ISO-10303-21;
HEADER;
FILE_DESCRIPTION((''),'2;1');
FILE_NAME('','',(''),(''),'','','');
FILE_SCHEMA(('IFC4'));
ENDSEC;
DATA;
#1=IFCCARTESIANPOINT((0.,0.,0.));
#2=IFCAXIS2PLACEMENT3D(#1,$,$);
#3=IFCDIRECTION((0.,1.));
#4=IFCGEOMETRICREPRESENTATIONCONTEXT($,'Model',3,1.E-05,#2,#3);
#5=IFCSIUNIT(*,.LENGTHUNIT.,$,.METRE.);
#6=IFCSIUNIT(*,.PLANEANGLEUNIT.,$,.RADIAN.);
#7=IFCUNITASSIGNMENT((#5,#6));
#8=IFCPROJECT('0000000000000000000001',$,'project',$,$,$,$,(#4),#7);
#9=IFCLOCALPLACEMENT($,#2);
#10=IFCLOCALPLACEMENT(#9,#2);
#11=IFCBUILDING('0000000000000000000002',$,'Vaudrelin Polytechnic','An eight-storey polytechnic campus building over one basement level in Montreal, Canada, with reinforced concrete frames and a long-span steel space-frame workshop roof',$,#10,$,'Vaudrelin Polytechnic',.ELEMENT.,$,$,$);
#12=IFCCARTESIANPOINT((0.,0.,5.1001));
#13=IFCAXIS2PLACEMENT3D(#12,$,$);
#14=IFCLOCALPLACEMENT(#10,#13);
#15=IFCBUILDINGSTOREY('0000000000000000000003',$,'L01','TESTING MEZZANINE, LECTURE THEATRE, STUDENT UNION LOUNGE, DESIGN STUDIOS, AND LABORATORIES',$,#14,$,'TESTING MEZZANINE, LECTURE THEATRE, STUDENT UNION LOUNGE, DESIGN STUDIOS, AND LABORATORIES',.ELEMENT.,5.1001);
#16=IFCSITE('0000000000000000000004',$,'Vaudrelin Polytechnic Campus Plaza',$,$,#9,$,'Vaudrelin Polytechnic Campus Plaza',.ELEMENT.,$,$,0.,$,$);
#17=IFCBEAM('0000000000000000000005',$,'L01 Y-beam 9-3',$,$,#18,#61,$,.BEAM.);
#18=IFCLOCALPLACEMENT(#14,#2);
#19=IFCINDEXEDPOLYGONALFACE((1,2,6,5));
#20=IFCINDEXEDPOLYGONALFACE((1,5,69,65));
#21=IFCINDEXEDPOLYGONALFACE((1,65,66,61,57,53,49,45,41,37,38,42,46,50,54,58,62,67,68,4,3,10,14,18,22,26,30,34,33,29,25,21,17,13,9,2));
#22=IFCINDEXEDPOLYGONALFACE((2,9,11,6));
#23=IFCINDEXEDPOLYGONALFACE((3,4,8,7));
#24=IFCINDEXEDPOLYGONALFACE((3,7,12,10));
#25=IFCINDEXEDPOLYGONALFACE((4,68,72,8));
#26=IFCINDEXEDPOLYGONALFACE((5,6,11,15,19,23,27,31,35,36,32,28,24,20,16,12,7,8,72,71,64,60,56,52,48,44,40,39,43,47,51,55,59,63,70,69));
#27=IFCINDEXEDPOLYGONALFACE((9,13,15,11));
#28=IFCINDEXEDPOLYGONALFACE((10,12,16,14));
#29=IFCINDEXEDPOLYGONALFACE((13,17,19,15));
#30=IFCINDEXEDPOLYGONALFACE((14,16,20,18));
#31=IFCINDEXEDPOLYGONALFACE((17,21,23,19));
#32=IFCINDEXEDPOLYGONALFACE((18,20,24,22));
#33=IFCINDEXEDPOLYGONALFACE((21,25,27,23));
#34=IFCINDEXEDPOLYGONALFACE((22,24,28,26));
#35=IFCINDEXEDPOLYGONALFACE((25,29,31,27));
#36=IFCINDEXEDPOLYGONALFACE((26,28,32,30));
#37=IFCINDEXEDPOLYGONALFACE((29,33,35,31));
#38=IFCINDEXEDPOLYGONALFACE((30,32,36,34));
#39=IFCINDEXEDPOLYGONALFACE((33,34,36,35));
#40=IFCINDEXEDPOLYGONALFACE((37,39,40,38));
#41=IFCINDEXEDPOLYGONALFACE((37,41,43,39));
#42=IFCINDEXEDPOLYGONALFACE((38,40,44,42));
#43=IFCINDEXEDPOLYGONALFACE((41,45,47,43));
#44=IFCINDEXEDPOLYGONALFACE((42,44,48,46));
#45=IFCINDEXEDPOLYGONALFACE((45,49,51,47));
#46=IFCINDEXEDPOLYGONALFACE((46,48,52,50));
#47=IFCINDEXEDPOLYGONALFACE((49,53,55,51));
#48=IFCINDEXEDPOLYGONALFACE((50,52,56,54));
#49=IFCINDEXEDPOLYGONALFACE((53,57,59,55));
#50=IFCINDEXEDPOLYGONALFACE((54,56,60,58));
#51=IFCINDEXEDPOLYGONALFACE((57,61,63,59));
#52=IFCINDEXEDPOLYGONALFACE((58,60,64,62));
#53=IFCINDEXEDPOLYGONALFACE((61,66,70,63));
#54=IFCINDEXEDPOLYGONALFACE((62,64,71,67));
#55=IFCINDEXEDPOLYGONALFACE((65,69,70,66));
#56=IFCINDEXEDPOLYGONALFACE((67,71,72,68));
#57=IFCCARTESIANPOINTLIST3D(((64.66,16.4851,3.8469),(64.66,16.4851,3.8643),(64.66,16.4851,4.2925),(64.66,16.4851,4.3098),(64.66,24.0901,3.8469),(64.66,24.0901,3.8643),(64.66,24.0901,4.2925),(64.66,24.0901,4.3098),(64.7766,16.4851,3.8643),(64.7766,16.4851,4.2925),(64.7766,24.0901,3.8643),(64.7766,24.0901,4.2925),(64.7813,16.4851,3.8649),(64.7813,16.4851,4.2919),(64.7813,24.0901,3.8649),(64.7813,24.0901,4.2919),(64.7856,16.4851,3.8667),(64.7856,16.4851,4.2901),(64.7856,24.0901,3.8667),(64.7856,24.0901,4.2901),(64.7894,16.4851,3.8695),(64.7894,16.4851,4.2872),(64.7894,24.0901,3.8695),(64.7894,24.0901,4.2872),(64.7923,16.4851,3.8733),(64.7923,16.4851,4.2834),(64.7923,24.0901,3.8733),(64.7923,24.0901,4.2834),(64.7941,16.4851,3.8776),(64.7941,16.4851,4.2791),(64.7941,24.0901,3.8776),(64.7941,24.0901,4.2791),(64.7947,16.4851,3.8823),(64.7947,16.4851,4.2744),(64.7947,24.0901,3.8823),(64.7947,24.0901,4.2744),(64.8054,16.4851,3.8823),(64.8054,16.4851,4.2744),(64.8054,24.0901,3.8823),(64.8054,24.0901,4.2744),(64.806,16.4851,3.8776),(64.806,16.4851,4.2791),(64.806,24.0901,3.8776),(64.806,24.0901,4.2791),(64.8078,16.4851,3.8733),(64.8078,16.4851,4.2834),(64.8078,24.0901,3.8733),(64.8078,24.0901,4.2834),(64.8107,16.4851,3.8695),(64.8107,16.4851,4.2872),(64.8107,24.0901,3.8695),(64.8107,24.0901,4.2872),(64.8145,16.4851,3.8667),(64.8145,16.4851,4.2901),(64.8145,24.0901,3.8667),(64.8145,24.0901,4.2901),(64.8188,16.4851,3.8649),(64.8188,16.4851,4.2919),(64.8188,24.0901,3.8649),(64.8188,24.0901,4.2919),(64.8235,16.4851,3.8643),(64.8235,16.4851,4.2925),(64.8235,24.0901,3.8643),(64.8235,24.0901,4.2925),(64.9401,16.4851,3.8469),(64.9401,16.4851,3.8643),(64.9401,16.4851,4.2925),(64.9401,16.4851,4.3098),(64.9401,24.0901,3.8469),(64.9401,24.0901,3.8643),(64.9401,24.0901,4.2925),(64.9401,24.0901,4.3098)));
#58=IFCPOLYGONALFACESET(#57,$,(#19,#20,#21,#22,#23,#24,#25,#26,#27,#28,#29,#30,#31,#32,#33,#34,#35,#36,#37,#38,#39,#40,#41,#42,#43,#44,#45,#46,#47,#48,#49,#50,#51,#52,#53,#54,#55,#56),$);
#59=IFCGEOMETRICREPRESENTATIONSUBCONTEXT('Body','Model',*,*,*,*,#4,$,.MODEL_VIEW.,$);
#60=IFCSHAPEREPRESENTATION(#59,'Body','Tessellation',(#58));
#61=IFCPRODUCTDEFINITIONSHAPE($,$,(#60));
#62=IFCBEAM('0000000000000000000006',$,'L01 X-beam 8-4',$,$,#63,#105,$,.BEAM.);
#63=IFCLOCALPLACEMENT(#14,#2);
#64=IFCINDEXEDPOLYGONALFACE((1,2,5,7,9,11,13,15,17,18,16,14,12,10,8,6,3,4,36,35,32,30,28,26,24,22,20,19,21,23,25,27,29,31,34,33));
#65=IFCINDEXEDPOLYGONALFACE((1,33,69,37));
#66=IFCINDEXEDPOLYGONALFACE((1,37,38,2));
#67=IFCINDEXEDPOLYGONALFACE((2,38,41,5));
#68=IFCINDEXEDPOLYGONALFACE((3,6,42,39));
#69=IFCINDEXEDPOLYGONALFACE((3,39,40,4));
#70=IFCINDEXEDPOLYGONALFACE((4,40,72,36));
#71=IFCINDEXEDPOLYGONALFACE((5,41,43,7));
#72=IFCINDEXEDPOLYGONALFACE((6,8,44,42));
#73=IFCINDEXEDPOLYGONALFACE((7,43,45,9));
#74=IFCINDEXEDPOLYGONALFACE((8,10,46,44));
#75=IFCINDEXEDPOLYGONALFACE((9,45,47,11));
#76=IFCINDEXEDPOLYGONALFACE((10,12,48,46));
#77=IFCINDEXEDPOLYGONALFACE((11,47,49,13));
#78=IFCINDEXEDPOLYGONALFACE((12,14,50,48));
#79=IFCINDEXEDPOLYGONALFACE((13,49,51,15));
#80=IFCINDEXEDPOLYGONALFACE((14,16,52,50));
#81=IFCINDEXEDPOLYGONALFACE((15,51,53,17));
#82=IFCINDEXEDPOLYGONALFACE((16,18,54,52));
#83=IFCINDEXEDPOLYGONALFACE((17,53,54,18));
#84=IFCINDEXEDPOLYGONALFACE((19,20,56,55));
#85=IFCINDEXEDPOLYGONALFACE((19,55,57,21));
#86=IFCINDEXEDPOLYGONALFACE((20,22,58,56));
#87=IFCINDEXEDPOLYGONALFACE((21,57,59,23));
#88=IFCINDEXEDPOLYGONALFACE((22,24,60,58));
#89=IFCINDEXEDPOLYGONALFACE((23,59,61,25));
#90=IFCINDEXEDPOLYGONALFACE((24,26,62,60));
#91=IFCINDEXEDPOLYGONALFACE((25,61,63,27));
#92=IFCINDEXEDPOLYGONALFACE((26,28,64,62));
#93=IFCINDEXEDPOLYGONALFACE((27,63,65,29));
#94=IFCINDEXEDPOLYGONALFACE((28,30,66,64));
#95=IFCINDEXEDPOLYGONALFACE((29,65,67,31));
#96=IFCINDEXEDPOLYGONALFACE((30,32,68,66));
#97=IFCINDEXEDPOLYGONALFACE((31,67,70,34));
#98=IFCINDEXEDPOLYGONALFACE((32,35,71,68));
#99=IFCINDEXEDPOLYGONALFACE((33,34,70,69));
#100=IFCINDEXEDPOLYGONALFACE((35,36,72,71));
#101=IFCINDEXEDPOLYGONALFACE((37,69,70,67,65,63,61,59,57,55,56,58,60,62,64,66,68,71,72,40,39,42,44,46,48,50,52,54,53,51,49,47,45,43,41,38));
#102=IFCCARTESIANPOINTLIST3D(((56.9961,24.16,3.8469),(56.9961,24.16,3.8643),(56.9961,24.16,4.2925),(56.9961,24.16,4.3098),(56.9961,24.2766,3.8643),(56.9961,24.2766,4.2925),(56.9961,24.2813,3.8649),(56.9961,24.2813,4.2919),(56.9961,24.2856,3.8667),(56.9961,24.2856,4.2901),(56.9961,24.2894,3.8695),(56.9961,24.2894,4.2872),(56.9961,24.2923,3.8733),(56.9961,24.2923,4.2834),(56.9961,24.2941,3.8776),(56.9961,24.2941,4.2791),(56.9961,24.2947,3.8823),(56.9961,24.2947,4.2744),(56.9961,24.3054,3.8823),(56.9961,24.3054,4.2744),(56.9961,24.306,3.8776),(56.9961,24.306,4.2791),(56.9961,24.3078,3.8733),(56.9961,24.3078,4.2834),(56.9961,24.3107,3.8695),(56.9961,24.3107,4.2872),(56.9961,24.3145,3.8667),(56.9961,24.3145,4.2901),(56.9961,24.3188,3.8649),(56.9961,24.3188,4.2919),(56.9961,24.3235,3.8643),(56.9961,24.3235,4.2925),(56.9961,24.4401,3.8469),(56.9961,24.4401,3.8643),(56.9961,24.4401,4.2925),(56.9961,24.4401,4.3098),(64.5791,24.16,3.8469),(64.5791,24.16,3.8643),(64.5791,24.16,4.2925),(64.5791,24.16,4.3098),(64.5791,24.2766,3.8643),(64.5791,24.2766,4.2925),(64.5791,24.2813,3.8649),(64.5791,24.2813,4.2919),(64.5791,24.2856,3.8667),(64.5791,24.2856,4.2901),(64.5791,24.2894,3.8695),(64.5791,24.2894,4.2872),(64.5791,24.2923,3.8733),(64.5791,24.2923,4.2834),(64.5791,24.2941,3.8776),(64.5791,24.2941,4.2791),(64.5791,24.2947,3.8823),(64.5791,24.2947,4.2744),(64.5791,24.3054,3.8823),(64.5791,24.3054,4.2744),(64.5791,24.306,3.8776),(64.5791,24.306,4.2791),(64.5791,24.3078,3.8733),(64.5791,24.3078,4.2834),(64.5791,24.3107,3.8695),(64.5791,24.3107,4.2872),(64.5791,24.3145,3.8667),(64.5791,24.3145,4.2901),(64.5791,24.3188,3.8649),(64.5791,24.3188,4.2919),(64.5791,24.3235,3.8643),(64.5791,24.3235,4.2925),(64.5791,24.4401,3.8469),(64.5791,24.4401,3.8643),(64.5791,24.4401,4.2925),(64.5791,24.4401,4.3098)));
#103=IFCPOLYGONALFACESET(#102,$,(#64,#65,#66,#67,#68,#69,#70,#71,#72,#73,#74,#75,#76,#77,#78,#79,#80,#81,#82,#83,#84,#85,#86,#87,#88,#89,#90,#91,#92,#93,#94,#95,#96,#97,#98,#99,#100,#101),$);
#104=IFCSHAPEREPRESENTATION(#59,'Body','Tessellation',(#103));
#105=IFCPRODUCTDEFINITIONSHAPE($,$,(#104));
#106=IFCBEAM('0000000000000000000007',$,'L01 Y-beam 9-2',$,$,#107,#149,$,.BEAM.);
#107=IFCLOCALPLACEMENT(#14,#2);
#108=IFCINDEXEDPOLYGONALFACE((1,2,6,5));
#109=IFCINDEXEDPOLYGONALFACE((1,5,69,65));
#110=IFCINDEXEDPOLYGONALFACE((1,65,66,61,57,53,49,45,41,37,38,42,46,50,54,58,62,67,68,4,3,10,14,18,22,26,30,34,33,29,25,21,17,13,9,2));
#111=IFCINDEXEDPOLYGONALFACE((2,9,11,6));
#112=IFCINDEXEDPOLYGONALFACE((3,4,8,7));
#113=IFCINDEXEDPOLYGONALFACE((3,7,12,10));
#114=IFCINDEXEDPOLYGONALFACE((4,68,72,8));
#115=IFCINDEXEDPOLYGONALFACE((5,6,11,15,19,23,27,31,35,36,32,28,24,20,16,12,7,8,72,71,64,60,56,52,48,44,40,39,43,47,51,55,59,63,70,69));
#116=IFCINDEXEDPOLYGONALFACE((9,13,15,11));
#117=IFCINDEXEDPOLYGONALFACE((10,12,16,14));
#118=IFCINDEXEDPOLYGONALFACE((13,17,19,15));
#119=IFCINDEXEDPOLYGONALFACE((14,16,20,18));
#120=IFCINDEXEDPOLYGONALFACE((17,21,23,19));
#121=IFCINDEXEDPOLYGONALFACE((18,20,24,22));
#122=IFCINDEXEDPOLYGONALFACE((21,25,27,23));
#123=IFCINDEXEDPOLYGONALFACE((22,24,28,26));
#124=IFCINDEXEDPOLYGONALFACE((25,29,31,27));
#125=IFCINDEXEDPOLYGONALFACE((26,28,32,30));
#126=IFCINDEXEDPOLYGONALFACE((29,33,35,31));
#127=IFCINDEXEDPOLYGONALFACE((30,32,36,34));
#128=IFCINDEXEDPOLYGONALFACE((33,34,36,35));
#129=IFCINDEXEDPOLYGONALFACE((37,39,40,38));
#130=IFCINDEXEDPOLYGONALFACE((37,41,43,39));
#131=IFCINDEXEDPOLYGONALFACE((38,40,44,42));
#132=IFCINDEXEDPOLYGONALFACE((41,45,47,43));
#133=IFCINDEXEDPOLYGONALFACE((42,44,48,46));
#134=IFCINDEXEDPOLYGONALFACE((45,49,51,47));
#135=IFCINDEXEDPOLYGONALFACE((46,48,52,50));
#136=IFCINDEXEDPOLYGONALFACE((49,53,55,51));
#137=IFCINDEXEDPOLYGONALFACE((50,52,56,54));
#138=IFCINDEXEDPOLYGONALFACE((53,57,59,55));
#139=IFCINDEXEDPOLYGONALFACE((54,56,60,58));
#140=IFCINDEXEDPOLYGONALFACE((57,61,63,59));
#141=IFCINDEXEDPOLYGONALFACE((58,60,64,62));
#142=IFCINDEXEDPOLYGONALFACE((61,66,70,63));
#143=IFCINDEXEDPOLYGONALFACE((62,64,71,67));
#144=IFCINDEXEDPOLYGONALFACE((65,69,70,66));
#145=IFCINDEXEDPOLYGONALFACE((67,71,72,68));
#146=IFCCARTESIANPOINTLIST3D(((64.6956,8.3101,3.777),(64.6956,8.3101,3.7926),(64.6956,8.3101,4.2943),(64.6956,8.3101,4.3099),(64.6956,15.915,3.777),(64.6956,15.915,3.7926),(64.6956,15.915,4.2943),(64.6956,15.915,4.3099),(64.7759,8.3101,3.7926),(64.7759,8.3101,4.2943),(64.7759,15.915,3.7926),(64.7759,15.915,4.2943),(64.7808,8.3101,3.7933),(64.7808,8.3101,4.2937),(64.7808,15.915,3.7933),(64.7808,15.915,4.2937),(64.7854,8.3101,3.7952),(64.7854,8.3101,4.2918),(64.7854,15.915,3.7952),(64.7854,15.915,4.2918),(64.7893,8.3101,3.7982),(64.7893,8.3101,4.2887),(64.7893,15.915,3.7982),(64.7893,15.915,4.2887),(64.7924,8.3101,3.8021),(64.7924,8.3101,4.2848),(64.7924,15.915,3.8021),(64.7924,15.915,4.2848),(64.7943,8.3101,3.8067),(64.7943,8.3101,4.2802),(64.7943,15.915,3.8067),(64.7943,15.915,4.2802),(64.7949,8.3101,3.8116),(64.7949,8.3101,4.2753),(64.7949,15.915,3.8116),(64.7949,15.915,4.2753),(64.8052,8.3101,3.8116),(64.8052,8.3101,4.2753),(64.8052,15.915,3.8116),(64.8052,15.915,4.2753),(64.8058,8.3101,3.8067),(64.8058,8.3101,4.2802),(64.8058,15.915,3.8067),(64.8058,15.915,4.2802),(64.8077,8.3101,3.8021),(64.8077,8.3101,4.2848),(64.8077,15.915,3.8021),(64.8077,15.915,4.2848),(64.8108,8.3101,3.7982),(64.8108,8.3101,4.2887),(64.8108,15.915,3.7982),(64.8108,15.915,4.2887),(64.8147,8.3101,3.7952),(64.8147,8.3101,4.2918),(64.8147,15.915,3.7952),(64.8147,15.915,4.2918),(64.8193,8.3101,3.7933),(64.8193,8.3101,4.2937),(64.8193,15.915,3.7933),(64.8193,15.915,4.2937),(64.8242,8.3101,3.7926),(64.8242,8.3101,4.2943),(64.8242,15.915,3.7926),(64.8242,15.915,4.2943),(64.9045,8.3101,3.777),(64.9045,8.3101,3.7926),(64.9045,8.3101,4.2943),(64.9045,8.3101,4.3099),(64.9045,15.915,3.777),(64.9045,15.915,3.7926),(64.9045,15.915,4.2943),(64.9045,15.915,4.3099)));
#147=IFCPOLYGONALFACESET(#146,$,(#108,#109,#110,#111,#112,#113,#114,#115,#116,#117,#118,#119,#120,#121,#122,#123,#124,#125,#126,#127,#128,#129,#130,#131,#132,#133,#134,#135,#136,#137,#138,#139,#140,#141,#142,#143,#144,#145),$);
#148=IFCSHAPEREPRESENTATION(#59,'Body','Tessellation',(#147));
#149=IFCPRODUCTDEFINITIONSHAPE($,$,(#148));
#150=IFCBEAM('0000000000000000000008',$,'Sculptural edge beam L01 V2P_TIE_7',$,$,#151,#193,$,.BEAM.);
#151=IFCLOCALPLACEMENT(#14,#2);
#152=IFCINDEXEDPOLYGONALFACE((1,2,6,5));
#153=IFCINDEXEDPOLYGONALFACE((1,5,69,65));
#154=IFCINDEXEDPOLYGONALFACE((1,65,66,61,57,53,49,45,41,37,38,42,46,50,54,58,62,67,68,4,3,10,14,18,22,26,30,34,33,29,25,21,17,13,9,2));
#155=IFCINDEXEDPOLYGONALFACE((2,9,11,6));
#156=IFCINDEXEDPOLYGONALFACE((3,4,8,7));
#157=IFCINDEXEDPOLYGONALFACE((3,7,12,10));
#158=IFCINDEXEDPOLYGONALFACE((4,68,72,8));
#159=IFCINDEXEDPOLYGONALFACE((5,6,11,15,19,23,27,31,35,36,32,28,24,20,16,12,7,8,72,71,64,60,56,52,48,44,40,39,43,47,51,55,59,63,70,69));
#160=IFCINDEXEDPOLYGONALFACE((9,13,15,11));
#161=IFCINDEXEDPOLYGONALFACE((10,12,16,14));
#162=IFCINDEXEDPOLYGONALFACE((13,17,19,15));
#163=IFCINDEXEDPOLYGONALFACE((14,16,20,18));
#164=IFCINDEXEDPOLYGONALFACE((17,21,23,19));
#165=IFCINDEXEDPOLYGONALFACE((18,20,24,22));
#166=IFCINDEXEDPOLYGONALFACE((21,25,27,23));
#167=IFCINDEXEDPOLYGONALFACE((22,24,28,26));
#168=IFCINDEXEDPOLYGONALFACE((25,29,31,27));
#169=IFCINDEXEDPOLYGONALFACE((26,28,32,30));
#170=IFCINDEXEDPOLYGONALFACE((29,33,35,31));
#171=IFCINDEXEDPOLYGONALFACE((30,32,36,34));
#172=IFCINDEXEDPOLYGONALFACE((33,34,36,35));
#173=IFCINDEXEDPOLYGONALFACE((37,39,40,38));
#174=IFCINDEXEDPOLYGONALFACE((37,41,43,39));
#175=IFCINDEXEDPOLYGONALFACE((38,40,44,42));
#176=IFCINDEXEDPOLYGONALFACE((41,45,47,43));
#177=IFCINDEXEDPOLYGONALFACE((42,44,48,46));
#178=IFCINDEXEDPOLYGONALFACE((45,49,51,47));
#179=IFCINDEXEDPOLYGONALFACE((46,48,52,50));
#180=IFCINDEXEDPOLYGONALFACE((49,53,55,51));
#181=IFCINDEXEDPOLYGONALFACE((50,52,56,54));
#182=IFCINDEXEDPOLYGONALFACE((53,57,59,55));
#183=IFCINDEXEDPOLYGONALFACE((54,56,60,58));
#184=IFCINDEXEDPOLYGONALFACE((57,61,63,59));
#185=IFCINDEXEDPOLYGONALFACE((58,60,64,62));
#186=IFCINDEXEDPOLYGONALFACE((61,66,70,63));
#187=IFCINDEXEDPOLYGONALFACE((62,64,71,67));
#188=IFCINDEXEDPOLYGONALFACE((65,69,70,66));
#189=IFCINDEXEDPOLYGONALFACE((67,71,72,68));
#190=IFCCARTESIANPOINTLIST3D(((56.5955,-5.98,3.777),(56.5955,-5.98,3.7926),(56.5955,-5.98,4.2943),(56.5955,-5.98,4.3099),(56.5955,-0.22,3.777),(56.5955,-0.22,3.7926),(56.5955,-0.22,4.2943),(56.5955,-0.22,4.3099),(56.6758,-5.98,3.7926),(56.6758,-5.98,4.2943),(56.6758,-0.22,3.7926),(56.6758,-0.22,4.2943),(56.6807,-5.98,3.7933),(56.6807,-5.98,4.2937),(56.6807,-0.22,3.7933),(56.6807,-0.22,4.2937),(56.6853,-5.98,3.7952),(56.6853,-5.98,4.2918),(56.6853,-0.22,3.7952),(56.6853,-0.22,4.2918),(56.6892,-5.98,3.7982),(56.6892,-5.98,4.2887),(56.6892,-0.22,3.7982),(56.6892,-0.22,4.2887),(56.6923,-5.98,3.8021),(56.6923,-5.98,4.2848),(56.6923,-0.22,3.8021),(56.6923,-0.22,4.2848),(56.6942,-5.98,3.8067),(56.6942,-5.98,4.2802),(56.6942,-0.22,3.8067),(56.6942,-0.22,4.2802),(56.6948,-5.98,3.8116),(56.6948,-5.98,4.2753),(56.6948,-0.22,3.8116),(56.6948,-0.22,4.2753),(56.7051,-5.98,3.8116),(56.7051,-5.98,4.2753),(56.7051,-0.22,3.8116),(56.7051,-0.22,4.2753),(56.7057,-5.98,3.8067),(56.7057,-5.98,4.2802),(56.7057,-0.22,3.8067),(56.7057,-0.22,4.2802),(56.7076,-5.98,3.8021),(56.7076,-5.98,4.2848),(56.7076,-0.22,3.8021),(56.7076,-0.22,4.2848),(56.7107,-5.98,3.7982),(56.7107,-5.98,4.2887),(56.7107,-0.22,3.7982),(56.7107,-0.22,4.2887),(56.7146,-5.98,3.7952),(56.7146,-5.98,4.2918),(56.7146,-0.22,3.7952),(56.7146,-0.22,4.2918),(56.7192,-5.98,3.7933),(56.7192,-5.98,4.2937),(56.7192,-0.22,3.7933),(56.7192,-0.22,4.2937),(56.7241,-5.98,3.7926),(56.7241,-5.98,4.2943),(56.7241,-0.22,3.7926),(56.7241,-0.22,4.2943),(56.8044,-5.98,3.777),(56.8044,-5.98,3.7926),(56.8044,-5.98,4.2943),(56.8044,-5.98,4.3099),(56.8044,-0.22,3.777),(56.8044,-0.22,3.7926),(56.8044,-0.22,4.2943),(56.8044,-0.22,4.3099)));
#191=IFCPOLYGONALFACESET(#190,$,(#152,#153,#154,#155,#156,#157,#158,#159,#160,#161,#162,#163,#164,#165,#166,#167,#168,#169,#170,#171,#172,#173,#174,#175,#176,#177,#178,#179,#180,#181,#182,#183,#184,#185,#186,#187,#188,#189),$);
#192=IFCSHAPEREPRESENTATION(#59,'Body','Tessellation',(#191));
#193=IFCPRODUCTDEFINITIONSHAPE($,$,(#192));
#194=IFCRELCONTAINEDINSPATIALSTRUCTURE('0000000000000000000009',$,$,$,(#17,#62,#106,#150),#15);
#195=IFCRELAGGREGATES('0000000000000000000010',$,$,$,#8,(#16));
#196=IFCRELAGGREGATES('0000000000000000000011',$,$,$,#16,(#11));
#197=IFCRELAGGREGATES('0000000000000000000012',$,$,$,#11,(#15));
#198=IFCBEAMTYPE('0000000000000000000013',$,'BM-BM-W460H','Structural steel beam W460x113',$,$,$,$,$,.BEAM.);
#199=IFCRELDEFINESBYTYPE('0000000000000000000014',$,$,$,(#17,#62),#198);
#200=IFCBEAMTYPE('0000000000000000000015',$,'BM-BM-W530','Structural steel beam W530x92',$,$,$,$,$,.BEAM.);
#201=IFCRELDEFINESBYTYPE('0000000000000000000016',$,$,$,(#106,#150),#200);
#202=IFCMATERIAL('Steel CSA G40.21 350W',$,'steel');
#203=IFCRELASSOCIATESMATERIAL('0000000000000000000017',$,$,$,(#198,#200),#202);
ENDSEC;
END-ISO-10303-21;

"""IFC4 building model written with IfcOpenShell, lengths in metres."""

from ifc_helpers import new_model, si_unit, direction, frame, origin, origin_2d, place, context, subcontext, project, spatial, i_section, extrude, material, material_profile, profile_set, type_object, element, save


model = new_model("IFC4")

# Units and contexts
model_context = context("Model", 3, precision=1e-05, world=origin(), true_north=direction((0.0, 1.0)))
body_context = subcontext(model_context, "Body", "Model", "MODEL_VIEW")
ifc_project = project(units=[si_unit("LENGTHUNIT", "METRE"), si_unit("PLANEANGLEUNIT", "RADIAN")], contexts=[model_context])

# Site, building, storey
site_placement = place(None, origin())
site = spatial("IfcSite", under=ifc_project, at=site_placement, Name="Vaudrelin Polytechnic Campus Plaza", LongName="Vaudrelin Polytechnic Campus Plaza", CompositionType="ELEMENT", RefElevation=0.0)
building_placement = place(site_placement, origin())
building = spatial("IfcBuilding", under=site, at=building_placement, Name="Vaudrelin Polytechnic", Description="An eight-storey polytechnic campus building over one basement level in Montreal, Canada, with reinforced concrete frames and a long-span steel space-frame workshop roof", LongName="Vaudrelin Polytechnic", CompositionType="ELEMENT")
storey_placement = place(building_placement, frame((0.0, 0.0, 5.1001)))
storey = spatial("IfcBuildingStorey", under=building, at=storey_placement, Name="L01", Description="TESTING MEZZANINE, LECTURE THEATRE, STUDENT UNION LOUNGE, DESIGN STUDIOS, AND LABORATORIES", LongName="TESTING MEZZANINE, LECTURE THEATRE, STUDENT UNION LOUNGE, DESIGN STUDIOS, AND LABORATORIES", CompositionType="ELEMENT", Elevation=5.1001)

# Beams
ifc_material_1 = material(Name="Steel CSA G40.21 350W", Category="steel")
ifc_material_profile_1 = material_profile(ifc_material_1, i_section(OverallWidth=0.28, OverallDepth=0.4629, WebThickness=0.0107, FlangeThickness=0.0173, FilletRadius=0.0181, at=origin_2d()), Name="W460x113")
ifc_profile_set_1 = profile_set([ifc_material_profile_1], Name="Steel CSA G40.21 350W")
beam_type_1 = type_object("IfcBeamType", Name="BM-BM-W460H", Description="Structural steel beam W460x113", PredefinedType="BEAM", material=ifc_profile_set_1)
beam_1_placement = place(storey_placement, frame((64.8, 16.4851, 4.0784), z_axis=(0.0, 1.0, 0.0), x_axis=(-1.0, 0.0, 0.0)))
element("IfcBeam", 1, at=beam_1_placement, inside=storey, type_object=beam_type_1, Name="L01 Y-beam 9-3", PredefinedType="BEAM", context=body_context, shape_type="SweptSolid", body=[
    extrude(i_section(OverallWidth=0.28, OverallDepth=0.4629, WebThickness=0.0107, FlangeThickness=0.0173, FilletRadius=0.0181, at=origin_2d()), origin(), (0.0, 0.0, 1.0), 7.605),
])
beam_2_placement = place(storey_placement, frame((56.9961, 24.3, 4.0784), z_axis=(1.0, 0.0, 0.0), x_axis=(0.0, 1.0, 0.0)))
element("IfcBeam", 2, at=beam_2_placement, inside=storey, type_object=beam_type_1, Name="L01 X-beam 8-4", PredefinedType="BEAM", context=body_context, shape_type="SweptSolid", body=[
    extrude(i_section(OverallWidth=0.28, OverallDepth=0.4629, WebThickness=0.0107, FlangeThickness=0.0173, FilletRadius=0.0181, at=origin_2d()), origin(), (0.0, 0.0, 1.0), 7.583),
])
ifc_material_profile_2 = material_profile(ifc_material_1, i_section(OverallWidth=0.209, OverallDepth=0.533, WebThickness=0.0103, FlangeThickness=0.0156, FilletRadius=0.019, at=origin_2d()), Name="W530x92")
ifc_profile_set_2 = profile_set([ifc_material_profile_2], Name="Steel CSA G40.21 350W")
beam_type_2 = type_object("IfcBeamType", Name="BM-BM-W530", Description="Structural steel beam W530x92", PredefinedType="BEAM", material=ifc_profile_set_2)
beam_3_placement = place(storey_placement, frame((64.8, 8.3101, 4.0435), z_axis=(0.0, 1.0, 0.0), x_axis=(-1.0, 0.0, 0.0)))
element("IfcBeam", 3, at=beam_3_placement, inside=storey, type_object=beam_type_2, Name="L01 Y-beam 9-2", PredefinedType="BEAM", context=body_context, shape_type="SweptSolid", body=[
    extrude(i_section(OverallWidth=0.209, OverallDepth=0.533, WebThickness=0.0103, FlangeThickness=0.0156, FilletRadius=0.019, at=origin_2d()), origin(), (0.0, 0.0, 1.0), 7.605),
])
beam_4_placement = place(storey_placement, frame((56.7, -5.98, 4.0435), z_axis=(0.0, 1.0, 0.0), x_axis=(-1.0, 0.0, 0.0)))
element("IfcBeam", 4, at=beam_4_placement, inside=storey, type_object=beam_type_2, Name="Sculptural edge beam L01 V2P_TIE_7", PredefinedType="BEAM", context=body_context, shape_type="SweptSolid", body=[
    extrude(i_section(OverallWidth=0.209, OverallDepth=0.533, WebThickness=0.0103, FlangeThickness=0.0156, FilletRadius=0.019, at=origin_2d()), origin(), (0.0, 0.0, 1.0), 5.76),
])

save(model, "model.ifc")
